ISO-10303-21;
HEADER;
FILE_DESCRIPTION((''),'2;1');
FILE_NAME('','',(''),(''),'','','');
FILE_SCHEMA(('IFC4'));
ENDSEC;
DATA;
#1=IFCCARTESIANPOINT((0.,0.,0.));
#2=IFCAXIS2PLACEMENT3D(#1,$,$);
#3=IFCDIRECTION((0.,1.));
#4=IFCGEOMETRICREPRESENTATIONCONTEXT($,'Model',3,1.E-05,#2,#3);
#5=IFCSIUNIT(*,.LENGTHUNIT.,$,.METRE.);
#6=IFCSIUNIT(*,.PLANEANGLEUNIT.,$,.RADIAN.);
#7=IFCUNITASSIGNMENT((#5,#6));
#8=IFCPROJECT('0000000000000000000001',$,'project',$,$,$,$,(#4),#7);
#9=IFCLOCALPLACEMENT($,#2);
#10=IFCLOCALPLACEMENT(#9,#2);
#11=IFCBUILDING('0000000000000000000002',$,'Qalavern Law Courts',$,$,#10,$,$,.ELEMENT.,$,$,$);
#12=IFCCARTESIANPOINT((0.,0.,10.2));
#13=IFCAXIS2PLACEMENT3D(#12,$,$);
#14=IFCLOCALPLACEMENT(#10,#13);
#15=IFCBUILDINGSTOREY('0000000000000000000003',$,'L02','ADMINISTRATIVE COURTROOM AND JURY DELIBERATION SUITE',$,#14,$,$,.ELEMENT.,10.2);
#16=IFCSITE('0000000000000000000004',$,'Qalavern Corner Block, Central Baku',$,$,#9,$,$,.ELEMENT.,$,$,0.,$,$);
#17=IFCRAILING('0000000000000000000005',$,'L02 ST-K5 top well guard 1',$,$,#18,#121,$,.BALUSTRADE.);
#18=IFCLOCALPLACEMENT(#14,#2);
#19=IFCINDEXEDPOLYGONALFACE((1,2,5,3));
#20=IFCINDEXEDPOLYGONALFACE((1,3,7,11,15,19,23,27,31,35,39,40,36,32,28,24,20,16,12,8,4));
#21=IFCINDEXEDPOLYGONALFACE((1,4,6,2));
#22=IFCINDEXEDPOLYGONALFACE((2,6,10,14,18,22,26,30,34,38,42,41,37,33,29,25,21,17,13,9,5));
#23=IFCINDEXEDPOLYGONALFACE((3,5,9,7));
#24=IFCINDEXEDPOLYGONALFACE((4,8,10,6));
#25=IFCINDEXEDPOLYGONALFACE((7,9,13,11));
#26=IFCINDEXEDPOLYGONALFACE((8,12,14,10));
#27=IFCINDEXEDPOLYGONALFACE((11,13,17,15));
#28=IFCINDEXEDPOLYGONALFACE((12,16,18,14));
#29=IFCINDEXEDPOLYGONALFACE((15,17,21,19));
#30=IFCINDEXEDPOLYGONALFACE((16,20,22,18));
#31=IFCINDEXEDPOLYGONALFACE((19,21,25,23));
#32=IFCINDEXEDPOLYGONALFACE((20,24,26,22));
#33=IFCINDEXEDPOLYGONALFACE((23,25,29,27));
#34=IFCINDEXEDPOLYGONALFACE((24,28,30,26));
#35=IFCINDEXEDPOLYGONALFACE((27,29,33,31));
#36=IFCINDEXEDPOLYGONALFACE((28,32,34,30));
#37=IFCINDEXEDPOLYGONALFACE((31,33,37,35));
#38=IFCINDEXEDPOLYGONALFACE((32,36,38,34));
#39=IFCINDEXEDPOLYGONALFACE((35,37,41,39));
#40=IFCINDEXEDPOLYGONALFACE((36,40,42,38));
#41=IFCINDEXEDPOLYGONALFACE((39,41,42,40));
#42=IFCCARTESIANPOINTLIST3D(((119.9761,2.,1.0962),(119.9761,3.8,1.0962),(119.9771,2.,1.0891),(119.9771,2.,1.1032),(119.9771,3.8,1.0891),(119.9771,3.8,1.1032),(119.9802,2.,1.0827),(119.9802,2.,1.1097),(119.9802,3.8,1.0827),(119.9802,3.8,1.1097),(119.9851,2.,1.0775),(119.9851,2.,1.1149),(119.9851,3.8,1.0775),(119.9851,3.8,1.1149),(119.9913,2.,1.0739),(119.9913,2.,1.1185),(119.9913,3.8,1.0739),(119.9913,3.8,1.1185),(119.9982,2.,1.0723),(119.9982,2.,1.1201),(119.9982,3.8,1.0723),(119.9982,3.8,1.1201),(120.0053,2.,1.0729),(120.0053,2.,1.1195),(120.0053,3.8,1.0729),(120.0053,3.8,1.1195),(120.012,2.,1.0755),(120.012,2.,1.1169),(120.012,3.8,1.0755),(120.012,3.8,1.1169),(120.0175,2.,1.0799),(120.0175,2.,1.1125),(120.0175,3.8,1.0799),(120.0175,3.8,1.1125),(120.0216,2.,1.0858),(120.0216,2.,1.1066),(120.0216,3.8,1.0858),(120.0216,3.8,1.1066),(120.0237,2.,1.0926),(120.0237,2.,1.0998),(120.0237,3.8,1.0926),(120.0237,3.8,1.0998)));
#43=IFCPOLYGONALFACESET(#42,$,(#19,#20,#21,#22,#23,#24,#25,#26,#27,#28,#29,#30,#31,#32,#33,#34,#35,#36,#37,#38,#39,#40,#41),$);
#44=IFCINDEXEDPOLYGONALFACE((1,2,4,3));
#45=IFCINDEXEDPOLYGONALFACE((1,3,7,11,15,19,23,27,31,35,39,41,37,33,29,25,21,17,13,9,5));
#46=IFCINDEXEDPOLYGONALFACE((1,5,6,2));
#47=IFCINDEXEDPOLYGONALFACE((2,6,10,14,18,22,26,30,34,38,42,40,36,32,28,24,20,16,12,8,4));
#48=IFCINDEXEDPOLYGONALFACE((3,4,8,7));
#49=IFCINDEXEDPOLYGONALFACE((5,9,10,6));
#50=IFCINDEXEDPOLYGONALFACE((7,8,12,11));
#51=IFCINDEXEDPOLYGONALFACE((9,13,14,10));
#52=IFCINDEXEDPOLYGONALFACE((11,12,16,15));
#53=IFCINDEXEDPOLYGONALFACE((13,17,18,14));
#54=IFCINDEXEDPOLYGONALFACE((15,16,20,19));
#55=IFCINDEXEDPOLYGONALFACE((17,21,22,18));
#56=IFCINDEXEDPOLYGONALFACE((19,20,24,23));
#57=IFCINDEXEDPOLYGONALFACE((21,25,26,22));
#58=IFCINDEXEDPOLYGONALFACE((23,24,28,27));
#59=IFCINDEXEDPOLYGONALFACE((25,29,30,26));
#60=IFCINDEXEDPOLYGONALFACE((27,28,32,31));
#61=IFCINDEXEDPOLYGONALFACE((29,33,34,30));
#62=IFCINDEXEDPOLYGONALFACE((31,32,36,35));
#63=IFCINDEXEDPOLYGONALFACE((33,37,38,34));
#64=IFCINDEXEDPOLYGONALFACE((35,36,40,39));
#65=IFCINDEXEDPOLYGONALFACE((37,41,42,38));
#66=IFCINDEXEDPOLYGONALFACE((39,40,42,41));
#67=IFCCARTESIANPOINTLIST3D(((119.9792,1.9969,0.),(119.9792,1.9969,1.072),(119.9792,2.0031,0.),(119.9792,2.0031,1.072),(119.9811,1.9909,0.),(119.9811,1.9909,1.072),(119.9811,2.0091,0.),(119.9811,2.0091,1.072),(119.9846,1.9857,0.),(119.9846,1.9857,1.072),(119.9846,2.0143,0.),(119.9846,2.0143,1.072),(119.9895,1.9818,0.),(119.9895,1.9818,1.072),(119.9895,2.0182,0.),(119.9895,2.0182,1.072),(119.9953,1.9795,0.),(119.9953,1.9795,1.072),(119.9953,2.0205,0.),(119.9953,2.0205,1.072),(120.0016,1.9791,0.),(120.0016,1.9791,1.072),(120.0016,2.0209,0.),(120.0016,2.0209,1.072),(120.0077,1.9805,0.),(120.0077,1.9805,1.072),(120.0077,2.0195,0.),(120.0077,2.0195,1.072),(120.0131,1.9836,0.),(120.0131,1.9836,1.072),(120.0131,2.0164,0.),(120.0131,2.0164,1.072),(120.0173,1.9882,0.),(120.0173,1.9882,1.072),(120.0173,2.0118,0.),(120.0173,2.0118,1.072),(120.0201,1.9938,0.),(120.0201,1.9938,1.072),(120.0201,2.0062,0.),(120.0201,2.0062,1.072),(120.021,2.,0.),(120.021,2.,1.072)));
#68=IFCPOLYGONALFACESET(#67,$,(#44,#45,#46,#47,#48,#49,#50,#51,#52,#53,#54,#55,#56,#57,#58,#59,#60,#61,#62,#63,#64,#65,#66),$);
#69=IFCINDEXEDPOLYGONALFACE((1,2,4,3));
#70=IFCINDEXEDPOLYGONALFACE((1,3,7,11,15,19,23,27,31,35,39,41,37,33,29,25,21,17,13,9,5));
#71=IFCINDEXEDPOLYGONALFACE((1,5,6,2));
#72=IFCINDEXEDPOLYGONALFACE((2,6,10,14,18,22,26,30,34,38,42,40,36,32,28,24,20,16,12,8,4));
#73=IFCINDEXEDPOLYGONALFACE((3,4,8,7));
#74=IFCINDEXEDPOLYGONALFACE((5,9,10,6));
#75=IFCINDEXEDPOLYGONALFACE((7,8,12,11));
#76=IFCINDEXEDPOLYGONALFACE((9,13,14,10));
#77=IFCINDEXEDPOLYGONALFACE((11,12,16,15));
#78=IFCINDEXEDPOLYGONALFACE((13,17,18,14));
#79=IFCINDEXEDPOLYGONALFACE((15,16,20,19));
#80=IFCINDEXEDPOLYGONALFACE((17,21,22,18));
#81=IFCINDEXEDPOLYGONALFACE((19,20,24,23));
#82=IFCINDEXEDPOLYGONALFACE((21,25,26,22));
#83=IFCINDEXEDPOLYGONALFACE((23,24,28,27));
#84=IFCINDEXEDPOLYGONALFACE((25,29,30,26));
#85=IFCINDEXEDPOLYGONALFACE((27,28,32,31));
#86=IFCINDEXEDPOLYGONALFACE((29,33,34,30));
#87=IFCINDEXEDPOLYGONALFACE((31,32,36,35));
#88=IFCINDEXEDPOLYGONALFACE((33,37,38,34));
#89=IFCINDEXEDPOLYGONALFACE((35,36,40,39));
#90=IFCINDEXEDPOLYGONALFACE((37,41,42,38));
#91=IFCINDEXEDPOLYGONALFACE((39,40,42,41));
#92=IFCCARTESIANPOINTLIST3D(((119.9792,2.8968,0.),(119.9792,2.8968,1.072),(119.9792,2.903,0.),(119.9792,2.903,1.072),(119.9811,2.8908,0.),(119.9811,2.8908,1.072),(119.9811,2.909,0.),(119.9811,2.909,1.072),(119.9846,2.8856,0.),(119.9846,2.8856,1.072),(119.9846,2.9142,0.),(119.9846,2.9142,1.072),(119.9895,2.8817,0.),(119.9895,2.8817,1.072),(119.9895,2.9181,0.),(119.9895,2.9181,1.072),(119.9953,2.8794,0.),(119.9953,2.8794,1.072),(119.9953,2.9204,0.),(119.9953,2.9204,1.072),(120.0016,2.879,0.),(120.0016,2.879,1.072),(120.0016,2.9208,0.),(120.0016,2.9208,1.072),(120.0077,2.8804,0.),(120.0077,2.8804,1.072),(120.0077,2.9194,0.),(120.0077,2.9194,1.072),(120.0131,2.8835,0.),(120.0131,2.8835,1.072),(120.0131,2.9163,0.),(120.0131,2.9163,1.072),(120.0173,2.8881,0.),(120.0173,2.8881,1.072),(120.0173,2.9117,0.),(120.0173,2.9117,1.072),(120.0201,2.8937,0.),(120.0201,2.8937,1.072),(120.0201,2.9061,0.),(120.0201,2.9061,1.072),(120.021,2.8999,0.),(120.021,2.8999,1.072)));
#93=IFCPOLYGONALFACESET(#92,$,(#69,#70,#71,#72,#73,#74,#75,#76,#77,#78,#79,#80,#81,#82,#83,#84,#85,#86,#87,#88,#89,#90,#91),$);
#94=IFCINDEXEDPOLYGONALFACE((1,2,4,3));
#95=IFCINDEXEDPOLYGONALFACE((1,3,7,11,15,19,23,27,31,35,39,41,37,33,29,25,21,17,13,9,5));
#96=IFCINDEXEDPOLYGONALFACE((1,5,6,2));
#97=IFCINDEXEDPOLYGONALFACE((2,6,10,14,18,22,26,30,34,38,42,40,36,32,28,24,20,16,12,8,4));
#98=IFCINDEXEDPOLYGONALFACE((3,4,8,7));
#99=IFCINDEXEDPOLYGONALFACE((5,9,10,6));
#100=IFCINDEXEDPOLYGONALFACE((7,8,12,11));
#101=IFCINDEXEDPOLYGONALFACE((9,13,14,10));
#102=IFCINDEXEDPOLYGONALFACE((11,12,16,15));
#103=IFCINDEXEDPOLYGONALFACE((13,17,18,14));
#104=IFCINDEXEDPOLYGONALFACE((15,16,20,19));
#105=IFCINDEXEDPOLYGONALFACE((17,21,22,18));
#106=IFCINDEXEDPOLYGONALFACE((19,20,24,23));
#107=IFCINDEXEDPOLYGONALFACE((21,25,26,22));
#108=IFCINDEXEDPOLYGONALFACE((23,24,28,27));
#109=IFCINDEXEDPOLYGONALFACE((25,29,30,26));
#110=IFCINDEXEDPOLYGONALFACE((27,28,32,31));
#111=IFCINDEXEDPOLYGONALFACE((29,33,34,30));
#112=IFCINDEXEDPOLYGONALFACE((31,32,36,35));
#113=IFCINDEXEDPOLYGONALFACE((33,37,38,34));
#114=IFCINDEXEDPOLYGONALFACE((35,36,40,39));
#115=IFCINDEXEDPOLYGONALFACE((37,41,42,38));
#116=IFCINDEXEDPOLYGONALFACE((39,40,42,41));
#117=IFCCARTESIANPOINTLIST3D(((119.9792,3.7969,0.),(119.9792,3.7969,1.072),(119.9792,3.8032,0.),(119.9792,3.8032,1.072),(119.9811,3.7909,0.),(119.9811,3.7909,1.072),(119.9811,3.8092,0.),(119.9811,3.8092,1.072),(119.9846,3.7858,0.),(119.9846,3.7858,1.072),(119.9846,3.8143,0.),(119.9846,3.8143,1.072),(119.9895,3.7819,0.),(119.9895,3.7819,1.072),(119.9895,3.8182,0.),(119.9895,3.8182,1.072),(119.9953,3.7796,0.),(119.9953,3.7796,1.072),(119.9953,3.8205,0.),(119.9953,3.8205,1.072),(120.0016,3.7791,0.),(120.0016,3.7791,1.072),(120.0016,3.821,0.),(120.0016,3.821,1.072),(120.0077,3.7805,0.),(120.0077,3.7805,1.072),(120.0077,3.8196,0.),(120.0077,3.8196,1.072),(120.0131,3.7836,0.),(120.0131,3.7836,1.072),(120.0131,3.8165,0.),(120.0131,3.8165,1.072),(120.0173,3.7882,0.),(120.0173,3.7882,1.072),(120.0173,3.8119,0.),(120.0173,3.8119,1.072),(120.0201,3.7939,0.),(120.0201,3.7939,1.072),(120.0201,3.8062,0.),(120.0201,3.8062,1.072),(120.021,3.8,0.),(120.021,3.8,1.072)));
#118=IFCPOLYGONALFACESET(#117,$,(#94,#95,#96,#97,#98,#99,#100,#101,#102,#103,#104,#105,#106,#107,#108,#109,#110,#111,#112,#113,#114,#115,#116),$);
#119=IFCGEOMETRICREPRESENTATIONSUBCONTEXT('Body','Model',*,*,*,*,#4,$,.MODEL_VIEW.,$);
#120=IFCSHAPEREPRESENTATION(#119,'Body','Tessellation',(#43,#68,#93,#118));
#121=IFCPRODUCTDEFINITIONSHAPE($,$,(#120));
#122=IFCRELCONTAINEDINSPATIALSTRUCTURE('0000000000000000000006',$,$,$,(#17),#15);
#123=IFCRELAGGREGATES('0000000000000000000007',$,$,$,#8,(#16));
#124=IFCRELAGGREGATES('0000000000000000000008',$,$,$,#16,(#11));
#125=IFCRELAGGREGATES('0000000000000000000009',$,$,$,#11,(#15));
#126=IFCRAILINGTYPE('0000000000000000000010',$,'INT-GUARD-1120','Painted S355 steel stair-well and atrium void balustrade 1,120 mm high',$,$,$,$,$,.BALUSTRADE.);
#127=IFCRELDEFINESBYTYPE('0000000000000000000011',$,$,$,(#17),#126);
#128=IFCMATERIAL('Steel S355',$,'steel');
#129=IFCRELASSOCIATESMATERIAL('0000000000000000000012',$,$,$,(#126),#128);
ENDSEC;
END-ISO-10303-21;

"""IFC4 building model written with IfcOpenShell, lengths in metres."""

from ifc_helpers import new_model, si_unit, direction, frame, origin, origin_2d, place, context, subcontext, project, spatial, circle, extrude, material, type_object, element, save


model = new_model("IFC4")

# Units and contexts
model_context = context("Model", 3, precision=1e-05, world=origin(), true_north=direction((0.0, 1.0)))
body_context = subcontext(model_context, "Body", "Model", "MODEL_VIEW")
ifc_project = project(units=[si_unit("LENGTHUNIT", "METRE"), si_unit("PLANEANGLEUNIT", "RADIAN")], contexts=[model_context])

# Site, building, storey
site_placement = place(None, origin())
site = spatial("IfcSite", under=ifc_project, at=site_placement, Name="Qalavern Corner Block, Central Baku", CompositionType="ELEMENT", RefElevation=0.0)
building_placement = place(site_placement, origin())
building = spatial("IfcBuilding", under=site, at=building_placement, Name="Qalavern Law Courts", CompositionType="ELEMENT")
storey_placement = place(building_placement, frame((0.0, 0.0, 10.2)))
storey = spatial("IfcBuildingStorey", under=building, at=storey_placement, Name="L02", Description="ADMINISTRATIVE COURTROOM AND JURY DELIBERATION SUITE", CompositionType="ELEMENT", Elevation=10.2)

# Shared definitions
ifc_material_1 = material(Name="Steel S355", Category="steel")

# Railing
railing_type = type_object("IfcRailingType", Name="INT-GUARD-1120", Description="Painted S355 steel stair-well and atrium void balustrade 1,120 mm high", PredefinedType="BALUSTRADE", material=ifc_material_1)
railing_placement = place(storey_placement, frame((120.0, 2.0, 0.0)))
element("IfcRailing", 1, at=railing_placement, inside=storey, type_object=railing_type, Name="L02 ST-K5 top well guard 1", PredefinedType="BALUSTRADE", context=body_context, shape_type="SweptSolid", body=[
    extrude(circle(Radius=0.0239, at=origin_2d()), frame((0.0, 0.0, 1.0962), z_axis=(0.0, 1.0, 0.0), x_axis=(-1.0, 0.0, 0.0)), (0.0, 0.0, 1.0), 1.8),
    extrude(circle(Radius=0.021, at=origin_2d()), origin(), (0.0, 0.0, 1.0), 1.072),
    extrude(circle(Radius=0.021, at=origin_2d()), frame((0.0, 0.8999, 0.0)), (0.0, 0.0, 1.0), 1.072),
    extrude(circle(Radius=0.021, at=origin_2d()), frame((0.0, 1.8, 0.0)), (0.0, 0.0, 1.0), 1.072),
])

save(model, "model.ifc")
